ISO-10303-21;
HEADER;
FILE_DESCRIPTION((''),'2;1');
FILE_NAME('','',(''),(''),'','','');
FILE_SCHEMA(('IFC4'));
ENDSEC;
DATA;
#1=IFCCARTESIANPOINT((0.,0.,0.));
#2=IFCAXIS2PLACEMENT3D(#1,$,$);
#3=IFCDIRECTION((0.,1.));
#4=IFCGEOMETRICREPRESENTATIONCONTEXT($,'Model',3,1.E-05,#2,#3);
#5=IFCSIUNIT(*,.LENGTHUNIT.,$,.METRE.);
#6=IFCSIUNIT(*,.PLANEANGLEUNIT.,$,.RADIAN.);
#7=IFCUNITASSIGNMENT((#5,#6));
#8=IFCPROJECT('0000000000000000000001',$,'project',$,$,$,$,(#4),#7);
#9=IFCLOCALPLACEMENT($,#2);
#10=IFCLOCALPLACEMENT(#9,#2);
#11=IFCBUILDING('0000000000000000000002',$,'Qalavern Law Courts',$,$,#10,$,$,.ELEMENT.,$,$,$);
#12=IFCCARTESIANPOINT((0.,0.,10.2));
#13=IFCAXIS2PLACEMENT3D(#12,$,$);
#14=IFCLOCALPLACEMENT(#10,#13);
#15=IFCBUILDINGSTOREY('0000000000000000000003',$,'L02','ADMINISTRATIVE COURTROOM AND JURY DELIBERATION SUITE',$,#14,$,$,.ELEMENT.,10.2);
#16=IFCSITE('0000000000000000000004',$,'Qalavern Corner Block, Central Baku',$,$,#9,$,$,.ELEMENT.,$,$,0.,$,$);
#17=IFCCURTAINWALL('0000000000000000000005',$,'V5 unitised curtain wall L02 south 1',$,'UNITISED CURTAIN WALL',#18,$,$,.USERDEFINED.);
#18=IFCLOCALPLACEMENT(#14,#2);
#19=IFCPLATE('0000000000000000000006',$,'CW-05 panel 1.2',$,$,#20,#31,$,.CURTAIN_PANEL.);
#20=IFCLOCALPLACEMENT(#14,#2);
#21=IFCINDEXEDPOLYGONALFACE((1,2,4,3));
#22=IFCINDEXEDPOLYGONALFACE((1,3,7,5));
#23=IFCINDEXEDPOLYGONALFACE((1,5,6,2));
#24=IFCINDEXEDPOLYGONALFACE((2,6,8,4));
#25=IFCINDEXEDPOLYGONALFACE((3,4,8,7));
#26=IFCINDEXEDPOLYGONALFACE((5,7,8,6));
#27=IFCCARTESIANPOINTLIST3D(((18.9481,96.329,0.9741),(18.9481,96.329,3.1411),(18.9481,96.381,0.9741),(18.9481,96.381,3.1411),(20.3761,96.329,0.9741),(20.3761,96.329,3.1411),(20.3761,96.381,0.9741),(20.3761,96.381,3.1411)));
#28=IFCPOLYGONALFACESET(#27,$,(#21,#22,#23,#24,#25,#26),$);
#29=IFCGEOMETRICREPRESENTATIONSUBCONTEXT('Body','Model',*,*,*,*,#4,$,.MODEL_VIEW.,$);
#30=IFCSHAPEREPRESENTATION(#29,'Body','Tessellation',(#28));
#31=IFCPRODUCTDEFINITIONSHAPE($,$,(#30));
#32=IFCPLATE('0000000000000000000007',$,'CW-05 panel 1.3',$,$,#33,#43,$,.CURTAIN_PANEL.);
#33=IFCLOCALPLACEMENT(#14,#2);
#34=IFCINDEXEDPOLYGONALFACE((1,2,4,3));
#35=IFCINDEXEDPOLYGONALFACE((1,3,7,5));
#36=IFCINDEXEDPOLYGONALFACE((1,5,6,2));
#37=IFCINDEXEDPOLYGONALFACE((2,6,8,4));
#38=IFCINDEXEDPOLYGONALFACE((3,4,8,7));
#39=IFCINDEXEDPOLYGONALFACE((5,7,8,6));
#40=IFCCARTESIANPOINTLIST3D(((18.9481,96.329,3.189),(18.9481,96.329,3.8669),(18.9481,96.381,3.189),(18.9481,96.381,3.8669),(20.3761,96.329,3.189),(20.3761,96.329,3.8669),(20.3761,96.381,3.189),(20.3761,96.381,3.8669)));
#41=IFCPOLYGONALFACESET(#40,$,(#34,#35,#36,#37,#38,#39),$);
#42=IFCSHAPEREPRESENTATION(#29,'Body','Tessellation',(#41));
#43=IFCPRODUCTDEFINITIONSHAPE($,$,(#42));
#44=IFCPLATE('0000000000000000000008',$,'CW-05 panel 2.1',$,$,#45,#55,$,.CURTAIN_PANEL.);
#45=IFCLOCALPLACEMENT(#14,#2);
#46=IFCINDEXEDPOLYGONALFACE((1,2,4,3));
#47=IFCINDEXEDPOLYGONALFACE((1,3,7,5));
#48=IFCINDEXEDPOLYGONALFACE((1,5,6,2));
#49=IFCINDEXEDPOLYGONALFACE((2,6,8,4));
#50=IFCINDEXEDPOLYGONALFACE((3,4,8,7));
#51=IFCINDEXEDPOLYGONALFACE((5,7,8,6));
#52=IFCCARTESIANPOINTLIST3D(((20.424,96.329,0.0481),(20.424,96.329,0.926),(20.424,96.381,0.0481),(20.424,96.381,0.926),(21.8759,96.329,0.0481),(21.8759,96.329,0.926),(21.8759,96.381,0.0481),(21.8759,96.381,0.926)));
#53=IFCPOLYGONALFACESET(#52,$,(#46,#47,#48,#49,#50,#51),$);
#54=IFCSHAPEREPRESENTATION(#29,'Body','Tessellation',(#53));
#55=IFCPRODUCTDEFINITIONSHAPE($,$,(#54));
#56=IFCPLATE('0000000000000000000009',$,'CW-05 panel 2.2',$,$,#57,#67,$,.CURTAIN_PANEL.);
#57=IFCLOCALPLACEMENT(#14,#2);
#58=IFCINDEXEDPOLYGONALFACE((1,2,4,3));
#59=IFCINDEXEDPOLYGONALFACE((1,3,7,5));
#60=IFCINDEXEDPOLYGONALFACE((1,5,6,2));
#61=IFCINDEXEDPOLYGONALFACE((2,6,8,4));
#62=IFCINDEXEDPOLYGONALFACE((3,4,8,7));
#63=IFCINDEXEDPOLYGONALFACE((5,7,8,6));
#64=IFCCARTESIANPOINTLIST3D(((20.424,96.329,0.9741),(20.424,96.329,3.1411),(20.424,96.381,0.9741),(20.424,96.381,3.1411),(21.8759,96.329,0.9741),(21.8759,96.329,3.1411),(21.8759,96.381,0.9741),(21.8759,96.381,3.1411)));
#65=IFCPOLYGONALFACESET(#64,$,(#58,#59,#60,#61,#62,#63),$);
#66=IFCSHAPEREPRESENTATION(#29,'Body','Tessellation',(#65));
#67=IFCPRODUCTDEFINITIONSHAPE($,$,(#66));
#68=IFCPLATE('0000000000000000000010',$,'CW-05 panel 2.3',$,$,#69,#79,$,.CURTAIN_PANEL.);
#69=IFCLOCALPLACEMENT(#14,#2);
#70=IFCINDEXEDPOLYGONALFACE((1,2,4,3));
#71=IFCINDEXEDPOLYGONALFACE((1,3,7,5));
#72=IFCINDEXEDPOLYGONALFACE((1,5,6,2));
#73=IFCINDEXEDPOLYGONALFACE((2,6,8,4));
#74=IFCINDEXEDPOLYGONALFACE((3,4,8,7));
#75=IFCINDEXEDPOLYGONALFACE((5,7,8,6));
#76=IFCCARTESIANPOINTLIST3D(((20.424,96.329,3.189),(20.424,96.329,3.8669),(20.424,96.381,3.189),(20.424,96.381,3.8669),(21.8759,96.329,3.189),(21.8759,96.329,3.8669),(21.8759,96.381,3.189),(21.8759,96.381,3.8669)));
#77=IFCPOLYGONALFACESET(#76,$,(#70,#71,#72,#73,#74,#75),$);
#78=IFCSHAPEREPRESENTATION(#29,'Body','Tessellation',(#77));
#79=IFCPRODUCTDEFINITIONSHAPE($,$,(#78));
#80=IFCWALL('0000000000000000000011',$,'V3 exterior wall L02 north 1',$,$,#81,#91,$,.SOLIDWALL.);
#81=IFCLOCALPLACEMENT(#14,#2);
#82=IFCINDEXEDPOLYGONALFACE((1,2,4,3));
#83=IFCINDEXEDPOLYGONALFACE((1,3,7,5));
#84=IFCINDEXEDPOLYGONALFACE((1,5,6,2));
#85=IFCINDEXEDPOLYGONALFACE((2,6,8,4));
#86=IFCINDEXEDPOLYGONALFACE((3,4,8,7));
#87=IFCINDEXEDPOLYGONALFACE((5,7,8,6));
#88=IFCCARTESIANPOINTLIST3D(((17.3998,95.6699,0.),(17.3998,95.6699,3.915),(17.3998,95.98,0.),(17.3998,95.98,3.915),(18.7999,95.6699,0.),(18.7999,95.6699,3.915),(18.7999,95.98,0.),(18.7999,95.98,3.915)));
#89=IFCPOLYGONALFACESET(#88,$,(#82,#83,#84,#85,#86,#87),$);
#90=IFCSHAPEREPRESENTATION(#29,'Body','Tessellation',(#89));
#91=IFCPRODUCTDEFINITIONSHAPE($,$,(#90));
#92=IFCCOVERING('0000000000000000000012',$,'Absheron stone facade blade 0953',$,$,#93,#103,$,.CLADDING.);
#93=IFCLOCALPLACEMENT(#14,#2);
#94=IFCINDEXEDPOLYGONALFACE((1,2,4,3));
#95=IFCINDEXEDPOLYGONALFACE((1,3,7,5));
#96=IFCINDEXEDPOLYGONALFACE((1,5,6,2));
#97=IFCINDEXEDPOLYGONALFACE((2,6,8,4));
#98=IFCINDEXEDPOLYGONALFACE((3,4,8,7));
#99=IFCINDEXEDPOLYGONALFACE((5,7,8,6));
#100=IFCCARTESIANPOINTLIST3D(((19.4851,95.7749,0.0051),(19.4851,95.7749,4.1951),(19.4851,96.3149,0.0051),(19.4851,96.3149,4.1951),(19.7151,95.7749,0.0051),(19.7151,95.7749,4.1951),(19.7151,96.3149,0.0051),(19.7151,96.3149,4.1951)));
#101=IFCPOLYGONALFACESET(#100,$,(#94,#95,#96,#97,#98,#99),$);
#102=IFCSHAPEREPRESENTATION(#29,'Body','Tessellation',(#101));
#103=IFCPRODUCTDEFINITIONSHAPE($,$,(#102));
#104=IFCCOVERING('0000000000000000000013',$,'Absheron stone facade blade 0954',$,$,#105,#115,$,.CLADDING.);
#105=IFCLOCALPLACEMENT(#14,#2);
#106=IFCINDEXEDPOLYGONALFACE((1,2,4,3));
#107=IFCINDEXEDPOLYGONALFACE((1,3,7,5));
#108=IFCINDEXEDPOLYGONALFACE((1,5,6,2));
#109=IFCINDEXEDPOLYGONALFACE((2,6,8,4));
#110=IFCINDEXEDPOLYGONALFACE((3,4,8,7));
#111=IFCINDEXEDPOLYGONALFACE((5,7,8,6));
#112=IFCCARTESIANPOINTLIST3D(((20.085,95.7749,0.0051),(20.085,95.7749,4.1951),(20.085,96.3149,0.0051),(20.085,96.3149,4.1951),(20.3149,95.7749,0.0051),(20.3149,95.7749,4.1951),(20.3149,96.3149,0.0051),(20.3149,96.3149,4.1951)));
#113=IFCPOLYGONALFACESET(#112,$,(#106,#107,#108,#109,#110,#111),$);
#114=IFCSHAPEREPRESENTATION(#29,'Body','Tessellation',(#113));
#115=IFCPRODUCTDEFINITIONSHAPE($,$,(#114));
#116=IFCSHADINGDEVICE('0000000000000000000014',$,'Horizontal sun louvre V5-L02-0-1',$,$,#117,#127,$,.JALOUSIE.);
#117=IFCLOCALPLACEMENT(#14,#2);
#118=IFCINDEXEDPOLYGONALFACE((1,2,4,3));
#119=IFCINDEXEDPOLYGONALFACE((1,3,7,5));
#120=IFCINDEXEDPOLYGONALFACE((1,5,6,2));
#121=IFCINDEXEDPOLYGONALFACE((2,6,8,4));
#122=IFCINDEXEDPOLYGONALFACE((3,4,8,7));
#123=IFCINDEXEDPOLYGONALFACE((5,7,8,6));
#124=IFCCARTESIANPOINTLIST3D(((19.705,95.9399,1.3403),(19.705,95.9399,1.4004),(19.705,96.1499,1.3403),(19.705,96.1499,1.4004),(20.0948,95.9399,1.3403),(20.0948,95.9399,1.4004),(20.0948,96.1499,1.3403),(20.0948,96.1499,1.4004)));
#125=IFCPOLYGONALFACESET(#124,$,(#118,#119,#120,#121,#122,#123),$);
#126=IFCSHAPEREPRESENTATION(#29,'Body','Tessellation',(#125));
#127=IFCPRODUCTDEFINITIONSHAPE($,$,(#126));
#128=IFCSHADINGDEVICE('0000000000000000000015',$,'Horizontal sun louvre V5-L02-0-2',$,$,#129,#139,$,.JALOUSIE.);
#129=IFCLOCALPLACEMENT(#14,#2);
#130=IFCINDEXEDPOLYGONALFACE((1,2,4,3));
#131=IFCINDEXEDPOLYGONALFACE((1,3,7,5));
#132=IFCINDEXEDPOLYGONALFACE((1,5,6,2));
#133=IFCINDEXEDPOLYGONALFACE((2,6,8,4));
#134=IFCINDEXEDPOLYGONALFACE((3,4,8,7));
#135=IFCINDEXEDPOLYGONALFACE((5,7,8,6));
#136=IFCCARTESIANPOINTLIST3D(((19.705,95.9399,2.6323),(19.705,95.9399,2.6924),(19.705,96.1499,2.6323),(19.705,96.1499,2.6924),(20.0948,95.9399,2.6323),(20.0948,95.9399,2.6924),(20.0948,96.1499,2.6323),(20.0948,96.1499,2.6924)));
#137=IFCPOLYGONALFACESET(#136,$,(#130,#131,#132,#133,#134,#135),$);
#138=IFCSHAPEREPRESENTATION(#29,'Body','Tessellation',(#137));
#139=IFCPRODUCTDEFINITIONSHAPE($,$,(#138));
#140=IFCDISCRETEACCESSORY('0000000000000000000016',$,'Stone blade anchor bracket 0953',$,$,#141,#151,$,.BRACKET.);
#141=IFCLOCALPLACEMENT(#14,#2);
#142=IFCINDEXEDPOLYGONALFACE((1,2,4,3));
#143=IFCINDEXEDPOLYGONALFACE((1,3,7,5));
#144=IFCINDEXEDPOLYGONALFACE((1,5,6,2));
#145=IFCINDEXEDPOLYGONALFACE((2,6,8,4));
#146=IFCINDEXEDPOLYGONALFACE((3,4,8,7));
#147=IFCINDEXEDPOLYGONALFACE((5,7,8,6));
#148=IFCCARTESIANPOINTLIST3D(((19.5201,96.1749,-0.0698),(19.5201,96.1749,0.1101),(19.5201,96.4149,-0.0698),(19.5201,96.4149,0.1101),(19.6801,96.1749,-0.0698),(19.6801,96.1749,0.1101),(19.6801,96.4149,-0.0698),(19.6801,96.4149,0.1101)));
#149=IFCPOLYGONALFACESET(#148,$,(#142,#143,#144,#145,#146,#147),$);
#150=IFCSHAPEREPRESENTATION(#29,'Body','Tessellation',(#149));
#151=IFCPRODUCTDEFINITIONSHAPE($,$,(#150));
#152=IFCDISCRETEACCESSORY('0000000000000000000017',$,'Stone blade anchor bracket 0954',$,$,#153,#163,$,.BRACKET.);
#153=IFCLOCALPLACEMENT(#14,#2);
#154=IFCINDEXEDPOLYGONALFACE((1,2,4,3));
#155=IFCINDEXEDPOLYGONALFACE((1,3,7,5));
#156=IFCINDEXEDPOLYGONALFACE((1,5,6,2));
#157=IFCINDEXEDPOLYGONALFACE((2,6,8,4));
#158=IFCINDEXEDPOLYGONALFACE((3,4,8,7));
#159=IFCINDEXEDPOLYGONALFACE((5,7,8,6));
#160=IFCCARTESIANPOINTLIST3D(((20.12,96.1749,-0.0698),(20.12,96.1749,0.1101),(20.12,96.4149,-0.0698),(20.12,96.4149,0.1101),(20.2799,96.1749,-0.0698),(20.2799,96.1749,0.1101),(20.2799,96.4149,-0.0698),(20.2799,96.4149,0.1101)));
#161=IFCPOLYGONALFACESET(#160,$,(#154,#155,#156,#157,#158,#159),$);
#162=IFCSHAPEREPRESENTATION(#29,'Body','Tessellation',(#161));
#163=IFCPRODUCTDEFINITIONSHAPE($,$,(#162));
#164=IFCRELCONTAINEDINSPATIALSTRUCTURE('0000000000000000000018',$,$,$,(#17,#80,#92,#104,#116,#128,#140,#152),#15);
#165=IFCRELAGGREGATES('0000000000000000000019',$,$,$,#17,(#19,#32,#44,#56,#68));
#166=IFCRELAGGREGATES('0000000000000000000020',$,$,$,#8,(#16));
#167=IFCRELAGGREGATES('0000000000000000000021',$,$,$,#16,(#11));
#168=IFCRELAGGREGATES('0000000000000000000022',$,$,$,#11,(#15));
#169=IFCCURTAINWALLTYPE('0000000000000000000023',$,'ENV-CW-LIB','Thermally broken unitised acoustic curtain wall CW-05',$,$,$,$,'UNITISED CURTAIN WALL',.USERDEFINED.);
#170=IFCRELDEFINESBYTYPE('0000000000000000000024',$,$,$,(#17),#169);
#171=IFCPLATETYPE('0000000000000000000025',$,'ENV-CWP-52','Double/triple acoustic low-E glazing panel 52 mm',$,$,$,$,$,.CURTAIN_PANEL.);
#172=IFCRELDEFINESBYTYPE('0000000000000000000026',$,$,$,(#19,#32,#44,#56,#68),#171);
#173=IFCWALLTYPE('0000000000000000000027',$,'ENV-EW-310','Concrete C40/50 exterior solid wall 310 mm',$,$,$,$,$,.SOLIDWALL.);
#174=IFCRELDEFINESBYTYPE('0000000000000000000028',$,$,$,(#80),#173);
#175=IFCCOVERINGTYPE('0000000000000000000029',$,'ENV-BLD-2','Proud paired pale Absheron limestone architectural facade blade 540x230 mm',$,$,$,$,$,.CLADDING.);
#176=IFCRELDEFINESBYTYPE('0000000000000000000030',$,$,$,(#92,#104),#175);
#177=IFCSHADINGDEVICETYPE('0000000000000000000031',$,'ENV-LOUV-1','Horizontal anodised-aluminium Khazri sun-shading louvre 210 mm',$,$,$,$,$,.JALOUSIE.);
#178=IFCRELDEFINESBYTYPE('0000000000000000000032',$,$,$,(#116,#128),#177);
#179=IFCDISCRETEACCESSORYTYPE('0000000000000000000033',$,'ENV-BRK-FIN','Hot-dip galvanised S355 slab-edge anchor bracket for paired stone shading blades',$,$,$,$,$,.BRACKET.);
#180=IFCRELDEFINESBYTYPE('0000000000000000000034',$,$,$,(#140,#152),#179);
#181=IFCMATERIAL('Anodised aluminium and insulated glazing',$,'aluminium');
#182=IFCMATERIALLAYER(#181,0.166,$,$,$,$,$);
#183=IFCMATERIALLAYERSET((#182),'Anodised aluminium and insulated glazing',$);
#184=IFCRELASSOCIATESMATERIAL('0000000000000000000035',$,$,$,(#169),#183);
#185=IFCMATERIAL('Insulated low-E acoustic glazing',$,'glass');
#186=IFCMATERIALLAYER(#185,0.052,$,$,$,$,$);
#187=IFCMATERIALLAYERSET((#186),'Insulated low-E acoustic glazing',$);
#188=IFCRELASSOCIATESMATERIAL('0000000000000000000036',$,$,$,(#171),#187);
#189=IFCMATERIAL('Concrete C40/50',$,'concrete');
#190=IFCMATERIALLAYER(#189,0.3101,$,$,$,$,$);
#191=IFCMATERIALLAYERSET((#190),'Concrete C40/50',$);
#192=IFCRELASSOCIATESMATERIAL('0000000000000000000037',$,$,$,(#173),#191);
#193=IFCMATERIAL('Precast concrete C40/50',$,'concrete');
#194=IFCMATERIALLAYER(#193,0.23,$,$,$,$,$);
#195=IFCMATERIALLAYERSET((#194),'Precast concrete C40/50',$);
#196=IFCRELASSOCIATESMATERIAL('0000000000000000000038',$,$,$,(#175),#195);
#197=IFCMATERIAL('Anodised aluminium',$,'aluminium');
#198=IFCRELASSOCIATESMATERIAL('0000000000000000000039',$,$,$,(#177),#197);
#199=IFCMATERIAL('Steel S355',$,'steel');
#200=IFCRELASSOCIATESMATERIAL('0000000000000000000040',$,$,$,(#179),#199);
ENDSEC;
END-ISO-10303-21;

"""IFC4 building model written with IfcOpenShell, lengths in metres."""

from ifc_helpers import new_model, si_unit, direction, frame, frame_2d, origin, origin_2d, place, context, subcontext, project, spatial, rectangle, extrude, material, layer, layer_set, type_object, element, aggregate, save


model = new_model("IFC4")

# Units and contexts
model_context = context("Model", 3, precision=1e-05, world=origin(), true_north=direction((0.0, 1.0)))
body_context = subcontext(model_context, "Body", "Model", "MODEL_VIEW")
ifc_project = project(units=[si_unit("LENGTHUNIT", "METRE"), si_unit("PLANEANGLEUNIT", "RADIAN")], contexts=[model_context])

# Site, building, storey
site_placement = place(None, origin())
site = spatial("IfcSite", under=ifc_project, at=site_placement, Name="Qalavern Corner Block, Central Baku", CompositionType="ELEMENT", RefElevation=0.0)
building_placement = place(site_placement, origin())
building = spatial("IfcBuilding", under=site, at=building_placement, Name="Qalavern Law Courts", CompositionType="ELEMENT")
storey_placement = place(building_placement, frame((0.0, 0.0, 10.2)))
storey = spatial("IfcBuildingStorey", under=building, at=storey_placement, Name="L02", Description="ADMINISTRATIVE COURTROOM AND JURY DELIBERATION SUITE", CompositionType="ELEMENT", Elevation=10.2)

# Curtain wall, plates
ifc_material_1 = material(Name="Anodised aluminium and insulated glazing", Category="aluminium")
ifc_layer_1 = layer(ifc_material_1, 0.166)
ifc_layer_set_1 = layer_set([ifc_layer_1], Name="Anodised aluminium and insulated glazing")
curtain_wall_type = type_object("IfcCurtainWallType", Name="ENV-CW-LIB", Description="Thermally broken unitised acoustic curtain wall CW-05", ElementType="UNITISED CURTAIN WALL", PredefinedType="USERDEFINED", material=ifc_layer_set_1)
curtain_wall_placement = place(storey_placement, origin())
curtain_wall = element("IfcCurtainWall", 1, at=curtain_wall_placement, inside=storey, type_object=curtain_wall_type, Name="V5 unitised curtain wall L02 south 1", ObjectType="UNITISED CURTAIN WALL", PredefinedType="USERDEFINED")
ifc_material_2 = material(Name="Anodised aluminium", Category="aluminium")
ifc_material_3 = material(Name="Insulated low-E acoustic glazing", Category="glass")
ifc_layer_2 = layer(ifc_material_3, 0.052)
ifc_layer_set_2 = layer_set([ifc_layer_2], Name="Insulated low-E acoustic glazing")
plate_type = type_object("IfcPlateType", Name="ENV-CWP-52", Description="Double/triple acoustic low-E glazing panel 52 mm", PredefinedType="CURTAIN_PANEL", material=ifc_layer_set_2)
plate_1_placement = place(storey_placement, frame((19.6621, 96.355, 0.9741), z_axis=(0.0, 0.0, 1.0), x_axis=(1.0, 0.0, 0.0)))
plate_1 = element("IfcPlate", 2, at=plate_1_placement, type_object=plate_type, Name="CW-05 panel 1.2", PredefinedType="CURTAIN_PANEL", context=body_context, shape_type="SweptSolid", body=[
    extrude(rectangle(XDim=1.428, YDim=0.052, at=origin_2d()), origin(), (0.0, 0.0, 1.0), 2.167),
])
plate_2_placement = place(storey_placement, frame((19.6621, 96.355, 3.189), z_axis=(0.0, 0.0, 1.0), x_axis=(1.0, 0.0, 0.0)))
plate_2 = element("IfcPlate", 3, at=plate_2_placement, type_object=plate_type, Name="CW-05 panel 1.3", PredefinedType="CURTAIN_PANEL", context=body_context, shape_type="SweptSolid", body=[
    extrude(rectangle(XDim=1.428, YDim=0.052, at=origin_2d()), origin(), (0.0, 0.0, 1.0), 0.678),
])
plate_3_placement = place(storey_placement, frame((21.1499, 96.355, 0.0481), z_axis=(0.0, 0.0, 1.0), x_axis=(1.0, 0.0, 0.0)))
plate_3 = element("IfcPlate", 4, at=plate_3_placement, type_object=plate_type, Name="CW-05 panel 2.1", PredefinedType="CURTAIN_PANEL", context=body_context, shape_type="SweptSolid", body=[
    extrude(rectangle(XDim=1.4519, YDim=0.052, at=origin_2d()), origin(), (0.0, 0.0, 1.0), 0.8779),
])
plate_4_placement = place(storey_placement, frame((21.1499, 96.355, 0.9741), z_axis=(0.0, 0.0, 1.0), x_axis=(1.0, 0.0, 0.0)))
plate_4 = element("IfcPlate", 5, at=plate_4_placement, type_object=plate_type, Name="CW-05 panel 2.2", PredefinedType="CURTAIN_PANEL", context=body_context, shape_type="SweptSolid", body=[
    extrude(rectangle(XDim=1.4519, YDim=0.052, at=origin_2d()), origin(), (0.0, 0.0, 1.0), 2.167),
])
plate_5_placement = place(storey_placement, frame((21.1499, 96.355, 3.189), z_axis=(0.0, 0.0, 1.0), x_axis=(1.0, 0.0, 0.0)))
plate_5 = element("IfcPlate", 6, at=plate_5_placement, type_object=plate_type, Name="CW-05 panel 2.3", PredefinedType="CURTAIN_PANEL", context=body_context, shape_type="SweptSolid", body=[
    extrude(rectangle(XDim=1.4519, YDim=0.052, at=origin_2d()), origin(), (0.0, 0.0, 1.0), 0.678),
])
aggregate(curtain_wall, [plate_1, plate_2, plate_3, plate_4, plate_5])

# Wall
ifc_material_4 = material(Name="Concrete C40/50", Category="concrete")
ifc_layer_3 = layer(ifc_material_4, 0.3101)
ifc_layer_set_3 = layer_set([ifc_layer_3], Name="Concrete C40/50")
wall_type = type_object("IfcWallType", Name="ENV-EW-310", Description="Concrete C40/50 exterior solid wall 310 mm", PredefinedType="SOLIDWALL", material=ifc_layer_set_3)
wall_placement = place(storey_placement, frame((18.8, 95.825, 0.0), z_axis=(0.0, 0.0, 1.0), x_axis=(-1.0, 0.0, 0.0)))
element("IfcWall", 7, at=wall_placement, inside=storey, type_object=wall_type, Name="V3 exterior wall L02 north 1", PredefinedType="SOLIDWALL", context=body_context, shape_type="SweptSolid", body=[
    extrude(rectangle(XDim=1.4001, YDim=0.3101, at=frame_2d((0.7002, 0.0))), origin(), (0.0, 0.0, 1.0), 3.915),
])

# Coverings
ifc_material_5 = material(Name="Precast concrete C40/50", Category="concrete")
ifc_layer_4 = layer(ifc_material_5, 0.23)
ifc_layer_set_4 = layer_set([ifc_layer_4], Name="Precast concrete C40/50")
covering_type = type_object("IfcCoveringType", Name="ENV-BLD-2", Description="Proud paired pale Absheron limestone architectural facade blade 540x230 mm", PredefinedType="CLADDING", material=ifc_layer_set_4)
for number, where, z_axis, x_axis, name in (
    (8, (19.6001, 96.0449, 0.0051), (0.0, 0.0, 1.0), (0.0, -1.0, 0.0), "Absheron stone facade blade 0953"),
    (9, (20.2, 96.0449, 0.0051), (0.0, 0.0, 1.0), (0.0, -1.0, 0.0), "Absheron stone facade blade 0954"),
):
    element("IfcCovering", number, at=place(storey_placement, frame(where, z_axis=z_axis, x_axis=x_axis)), inside=storey, type_object=covering_type, Name=name, PredefinedType="CLADDING", context=body_context, shape_type="SweptSolid", body=[
        extrude(rectangle(XDim=0.54, YDim=0.23, at=origin_2d()), origin(), (0.0, 0.0, 1.0), 4.1899),
    ])

# Shading devices
shading_device_type = type_object("IfcShadingDeviceType", Name="ENV-LOUV-1", Description="Horizontal anodised-aluminium Khazri sun-shading louvre 210 mm", PredefinedType="JALOUSIE", material=ifc_material_2)
for number, where, z_axis, x_axis, name in (
    (10, (19.8999, 96.0449, 1.3403), (0.0, 0.0, 1.0), (1.0, 0.0, 0.0), "Horizontal sun louvre V5-L02-0-1"),
    (11, (19.8999, 96.0449, 2.6323), (0.0, 0.0, 1.0), (1.0, 0.0, 0.0), "Horizontal sun louvre V5-L02-0-2"),
):
    element("IfcShadingDevice", number, at=place(storey_placement, frame(where, z_axis=z_axis, x_axis=x_axis)), inside=storey, type_object=shading_device_type, Name=name, PredefinedType="JALOUSIE", context=body_context, shape_type="SweptSolid", body=[
        extrude(rectangle(XDim=0.3899, YDim=0.21, at=origin_2d()), origin(), (0.0, 0.0, 1.0), 0.0601),
    ])

# Discrete accessories
ifc_material_6 = material(Name="Steel S355", Category="steel")
discrete_accessory_type = type_object("IfcDiscreteAccessoryType", Name="ENV-BRK-FIN", Description="Hot-dip galvanised S355 slab-edge anchor bracket for paired stone shading blades", PredefinedType="BRACKET", material=ifc_material_6)
for number, where, z_axis, x_axis, name in (
    (12, (19.6001, 96.2949, -0.0698), (0.0, 0.0, 1.0), (0.0, -1.0, 0.0), "Stone blade anchor bracket 0953"),
    (13, (20.2, 96.2949, -0.0698), (0.0, 0.0, 1.0), (0.0, -1.0, 0.0), "Stone blade anchor bracket 0954"),
):
    element("IfcDiscreteAccessory", number, at=place(storey_placement, frame(where, z_axis=z_axis, x_axis=x_axis)), inside=storey, type_object=discrete_accessory_type, Name=name, PredefinedType="BRACKET", context=body_context, shape_type="SweptSolid", body=[
        extrude(rectangle(XDim=0.24, YDim=0.1599, at=origin_2d()), origin(), (0.0, 0.0, 1.0), 0.1799),
    ])

save(model, "model.ifc")
